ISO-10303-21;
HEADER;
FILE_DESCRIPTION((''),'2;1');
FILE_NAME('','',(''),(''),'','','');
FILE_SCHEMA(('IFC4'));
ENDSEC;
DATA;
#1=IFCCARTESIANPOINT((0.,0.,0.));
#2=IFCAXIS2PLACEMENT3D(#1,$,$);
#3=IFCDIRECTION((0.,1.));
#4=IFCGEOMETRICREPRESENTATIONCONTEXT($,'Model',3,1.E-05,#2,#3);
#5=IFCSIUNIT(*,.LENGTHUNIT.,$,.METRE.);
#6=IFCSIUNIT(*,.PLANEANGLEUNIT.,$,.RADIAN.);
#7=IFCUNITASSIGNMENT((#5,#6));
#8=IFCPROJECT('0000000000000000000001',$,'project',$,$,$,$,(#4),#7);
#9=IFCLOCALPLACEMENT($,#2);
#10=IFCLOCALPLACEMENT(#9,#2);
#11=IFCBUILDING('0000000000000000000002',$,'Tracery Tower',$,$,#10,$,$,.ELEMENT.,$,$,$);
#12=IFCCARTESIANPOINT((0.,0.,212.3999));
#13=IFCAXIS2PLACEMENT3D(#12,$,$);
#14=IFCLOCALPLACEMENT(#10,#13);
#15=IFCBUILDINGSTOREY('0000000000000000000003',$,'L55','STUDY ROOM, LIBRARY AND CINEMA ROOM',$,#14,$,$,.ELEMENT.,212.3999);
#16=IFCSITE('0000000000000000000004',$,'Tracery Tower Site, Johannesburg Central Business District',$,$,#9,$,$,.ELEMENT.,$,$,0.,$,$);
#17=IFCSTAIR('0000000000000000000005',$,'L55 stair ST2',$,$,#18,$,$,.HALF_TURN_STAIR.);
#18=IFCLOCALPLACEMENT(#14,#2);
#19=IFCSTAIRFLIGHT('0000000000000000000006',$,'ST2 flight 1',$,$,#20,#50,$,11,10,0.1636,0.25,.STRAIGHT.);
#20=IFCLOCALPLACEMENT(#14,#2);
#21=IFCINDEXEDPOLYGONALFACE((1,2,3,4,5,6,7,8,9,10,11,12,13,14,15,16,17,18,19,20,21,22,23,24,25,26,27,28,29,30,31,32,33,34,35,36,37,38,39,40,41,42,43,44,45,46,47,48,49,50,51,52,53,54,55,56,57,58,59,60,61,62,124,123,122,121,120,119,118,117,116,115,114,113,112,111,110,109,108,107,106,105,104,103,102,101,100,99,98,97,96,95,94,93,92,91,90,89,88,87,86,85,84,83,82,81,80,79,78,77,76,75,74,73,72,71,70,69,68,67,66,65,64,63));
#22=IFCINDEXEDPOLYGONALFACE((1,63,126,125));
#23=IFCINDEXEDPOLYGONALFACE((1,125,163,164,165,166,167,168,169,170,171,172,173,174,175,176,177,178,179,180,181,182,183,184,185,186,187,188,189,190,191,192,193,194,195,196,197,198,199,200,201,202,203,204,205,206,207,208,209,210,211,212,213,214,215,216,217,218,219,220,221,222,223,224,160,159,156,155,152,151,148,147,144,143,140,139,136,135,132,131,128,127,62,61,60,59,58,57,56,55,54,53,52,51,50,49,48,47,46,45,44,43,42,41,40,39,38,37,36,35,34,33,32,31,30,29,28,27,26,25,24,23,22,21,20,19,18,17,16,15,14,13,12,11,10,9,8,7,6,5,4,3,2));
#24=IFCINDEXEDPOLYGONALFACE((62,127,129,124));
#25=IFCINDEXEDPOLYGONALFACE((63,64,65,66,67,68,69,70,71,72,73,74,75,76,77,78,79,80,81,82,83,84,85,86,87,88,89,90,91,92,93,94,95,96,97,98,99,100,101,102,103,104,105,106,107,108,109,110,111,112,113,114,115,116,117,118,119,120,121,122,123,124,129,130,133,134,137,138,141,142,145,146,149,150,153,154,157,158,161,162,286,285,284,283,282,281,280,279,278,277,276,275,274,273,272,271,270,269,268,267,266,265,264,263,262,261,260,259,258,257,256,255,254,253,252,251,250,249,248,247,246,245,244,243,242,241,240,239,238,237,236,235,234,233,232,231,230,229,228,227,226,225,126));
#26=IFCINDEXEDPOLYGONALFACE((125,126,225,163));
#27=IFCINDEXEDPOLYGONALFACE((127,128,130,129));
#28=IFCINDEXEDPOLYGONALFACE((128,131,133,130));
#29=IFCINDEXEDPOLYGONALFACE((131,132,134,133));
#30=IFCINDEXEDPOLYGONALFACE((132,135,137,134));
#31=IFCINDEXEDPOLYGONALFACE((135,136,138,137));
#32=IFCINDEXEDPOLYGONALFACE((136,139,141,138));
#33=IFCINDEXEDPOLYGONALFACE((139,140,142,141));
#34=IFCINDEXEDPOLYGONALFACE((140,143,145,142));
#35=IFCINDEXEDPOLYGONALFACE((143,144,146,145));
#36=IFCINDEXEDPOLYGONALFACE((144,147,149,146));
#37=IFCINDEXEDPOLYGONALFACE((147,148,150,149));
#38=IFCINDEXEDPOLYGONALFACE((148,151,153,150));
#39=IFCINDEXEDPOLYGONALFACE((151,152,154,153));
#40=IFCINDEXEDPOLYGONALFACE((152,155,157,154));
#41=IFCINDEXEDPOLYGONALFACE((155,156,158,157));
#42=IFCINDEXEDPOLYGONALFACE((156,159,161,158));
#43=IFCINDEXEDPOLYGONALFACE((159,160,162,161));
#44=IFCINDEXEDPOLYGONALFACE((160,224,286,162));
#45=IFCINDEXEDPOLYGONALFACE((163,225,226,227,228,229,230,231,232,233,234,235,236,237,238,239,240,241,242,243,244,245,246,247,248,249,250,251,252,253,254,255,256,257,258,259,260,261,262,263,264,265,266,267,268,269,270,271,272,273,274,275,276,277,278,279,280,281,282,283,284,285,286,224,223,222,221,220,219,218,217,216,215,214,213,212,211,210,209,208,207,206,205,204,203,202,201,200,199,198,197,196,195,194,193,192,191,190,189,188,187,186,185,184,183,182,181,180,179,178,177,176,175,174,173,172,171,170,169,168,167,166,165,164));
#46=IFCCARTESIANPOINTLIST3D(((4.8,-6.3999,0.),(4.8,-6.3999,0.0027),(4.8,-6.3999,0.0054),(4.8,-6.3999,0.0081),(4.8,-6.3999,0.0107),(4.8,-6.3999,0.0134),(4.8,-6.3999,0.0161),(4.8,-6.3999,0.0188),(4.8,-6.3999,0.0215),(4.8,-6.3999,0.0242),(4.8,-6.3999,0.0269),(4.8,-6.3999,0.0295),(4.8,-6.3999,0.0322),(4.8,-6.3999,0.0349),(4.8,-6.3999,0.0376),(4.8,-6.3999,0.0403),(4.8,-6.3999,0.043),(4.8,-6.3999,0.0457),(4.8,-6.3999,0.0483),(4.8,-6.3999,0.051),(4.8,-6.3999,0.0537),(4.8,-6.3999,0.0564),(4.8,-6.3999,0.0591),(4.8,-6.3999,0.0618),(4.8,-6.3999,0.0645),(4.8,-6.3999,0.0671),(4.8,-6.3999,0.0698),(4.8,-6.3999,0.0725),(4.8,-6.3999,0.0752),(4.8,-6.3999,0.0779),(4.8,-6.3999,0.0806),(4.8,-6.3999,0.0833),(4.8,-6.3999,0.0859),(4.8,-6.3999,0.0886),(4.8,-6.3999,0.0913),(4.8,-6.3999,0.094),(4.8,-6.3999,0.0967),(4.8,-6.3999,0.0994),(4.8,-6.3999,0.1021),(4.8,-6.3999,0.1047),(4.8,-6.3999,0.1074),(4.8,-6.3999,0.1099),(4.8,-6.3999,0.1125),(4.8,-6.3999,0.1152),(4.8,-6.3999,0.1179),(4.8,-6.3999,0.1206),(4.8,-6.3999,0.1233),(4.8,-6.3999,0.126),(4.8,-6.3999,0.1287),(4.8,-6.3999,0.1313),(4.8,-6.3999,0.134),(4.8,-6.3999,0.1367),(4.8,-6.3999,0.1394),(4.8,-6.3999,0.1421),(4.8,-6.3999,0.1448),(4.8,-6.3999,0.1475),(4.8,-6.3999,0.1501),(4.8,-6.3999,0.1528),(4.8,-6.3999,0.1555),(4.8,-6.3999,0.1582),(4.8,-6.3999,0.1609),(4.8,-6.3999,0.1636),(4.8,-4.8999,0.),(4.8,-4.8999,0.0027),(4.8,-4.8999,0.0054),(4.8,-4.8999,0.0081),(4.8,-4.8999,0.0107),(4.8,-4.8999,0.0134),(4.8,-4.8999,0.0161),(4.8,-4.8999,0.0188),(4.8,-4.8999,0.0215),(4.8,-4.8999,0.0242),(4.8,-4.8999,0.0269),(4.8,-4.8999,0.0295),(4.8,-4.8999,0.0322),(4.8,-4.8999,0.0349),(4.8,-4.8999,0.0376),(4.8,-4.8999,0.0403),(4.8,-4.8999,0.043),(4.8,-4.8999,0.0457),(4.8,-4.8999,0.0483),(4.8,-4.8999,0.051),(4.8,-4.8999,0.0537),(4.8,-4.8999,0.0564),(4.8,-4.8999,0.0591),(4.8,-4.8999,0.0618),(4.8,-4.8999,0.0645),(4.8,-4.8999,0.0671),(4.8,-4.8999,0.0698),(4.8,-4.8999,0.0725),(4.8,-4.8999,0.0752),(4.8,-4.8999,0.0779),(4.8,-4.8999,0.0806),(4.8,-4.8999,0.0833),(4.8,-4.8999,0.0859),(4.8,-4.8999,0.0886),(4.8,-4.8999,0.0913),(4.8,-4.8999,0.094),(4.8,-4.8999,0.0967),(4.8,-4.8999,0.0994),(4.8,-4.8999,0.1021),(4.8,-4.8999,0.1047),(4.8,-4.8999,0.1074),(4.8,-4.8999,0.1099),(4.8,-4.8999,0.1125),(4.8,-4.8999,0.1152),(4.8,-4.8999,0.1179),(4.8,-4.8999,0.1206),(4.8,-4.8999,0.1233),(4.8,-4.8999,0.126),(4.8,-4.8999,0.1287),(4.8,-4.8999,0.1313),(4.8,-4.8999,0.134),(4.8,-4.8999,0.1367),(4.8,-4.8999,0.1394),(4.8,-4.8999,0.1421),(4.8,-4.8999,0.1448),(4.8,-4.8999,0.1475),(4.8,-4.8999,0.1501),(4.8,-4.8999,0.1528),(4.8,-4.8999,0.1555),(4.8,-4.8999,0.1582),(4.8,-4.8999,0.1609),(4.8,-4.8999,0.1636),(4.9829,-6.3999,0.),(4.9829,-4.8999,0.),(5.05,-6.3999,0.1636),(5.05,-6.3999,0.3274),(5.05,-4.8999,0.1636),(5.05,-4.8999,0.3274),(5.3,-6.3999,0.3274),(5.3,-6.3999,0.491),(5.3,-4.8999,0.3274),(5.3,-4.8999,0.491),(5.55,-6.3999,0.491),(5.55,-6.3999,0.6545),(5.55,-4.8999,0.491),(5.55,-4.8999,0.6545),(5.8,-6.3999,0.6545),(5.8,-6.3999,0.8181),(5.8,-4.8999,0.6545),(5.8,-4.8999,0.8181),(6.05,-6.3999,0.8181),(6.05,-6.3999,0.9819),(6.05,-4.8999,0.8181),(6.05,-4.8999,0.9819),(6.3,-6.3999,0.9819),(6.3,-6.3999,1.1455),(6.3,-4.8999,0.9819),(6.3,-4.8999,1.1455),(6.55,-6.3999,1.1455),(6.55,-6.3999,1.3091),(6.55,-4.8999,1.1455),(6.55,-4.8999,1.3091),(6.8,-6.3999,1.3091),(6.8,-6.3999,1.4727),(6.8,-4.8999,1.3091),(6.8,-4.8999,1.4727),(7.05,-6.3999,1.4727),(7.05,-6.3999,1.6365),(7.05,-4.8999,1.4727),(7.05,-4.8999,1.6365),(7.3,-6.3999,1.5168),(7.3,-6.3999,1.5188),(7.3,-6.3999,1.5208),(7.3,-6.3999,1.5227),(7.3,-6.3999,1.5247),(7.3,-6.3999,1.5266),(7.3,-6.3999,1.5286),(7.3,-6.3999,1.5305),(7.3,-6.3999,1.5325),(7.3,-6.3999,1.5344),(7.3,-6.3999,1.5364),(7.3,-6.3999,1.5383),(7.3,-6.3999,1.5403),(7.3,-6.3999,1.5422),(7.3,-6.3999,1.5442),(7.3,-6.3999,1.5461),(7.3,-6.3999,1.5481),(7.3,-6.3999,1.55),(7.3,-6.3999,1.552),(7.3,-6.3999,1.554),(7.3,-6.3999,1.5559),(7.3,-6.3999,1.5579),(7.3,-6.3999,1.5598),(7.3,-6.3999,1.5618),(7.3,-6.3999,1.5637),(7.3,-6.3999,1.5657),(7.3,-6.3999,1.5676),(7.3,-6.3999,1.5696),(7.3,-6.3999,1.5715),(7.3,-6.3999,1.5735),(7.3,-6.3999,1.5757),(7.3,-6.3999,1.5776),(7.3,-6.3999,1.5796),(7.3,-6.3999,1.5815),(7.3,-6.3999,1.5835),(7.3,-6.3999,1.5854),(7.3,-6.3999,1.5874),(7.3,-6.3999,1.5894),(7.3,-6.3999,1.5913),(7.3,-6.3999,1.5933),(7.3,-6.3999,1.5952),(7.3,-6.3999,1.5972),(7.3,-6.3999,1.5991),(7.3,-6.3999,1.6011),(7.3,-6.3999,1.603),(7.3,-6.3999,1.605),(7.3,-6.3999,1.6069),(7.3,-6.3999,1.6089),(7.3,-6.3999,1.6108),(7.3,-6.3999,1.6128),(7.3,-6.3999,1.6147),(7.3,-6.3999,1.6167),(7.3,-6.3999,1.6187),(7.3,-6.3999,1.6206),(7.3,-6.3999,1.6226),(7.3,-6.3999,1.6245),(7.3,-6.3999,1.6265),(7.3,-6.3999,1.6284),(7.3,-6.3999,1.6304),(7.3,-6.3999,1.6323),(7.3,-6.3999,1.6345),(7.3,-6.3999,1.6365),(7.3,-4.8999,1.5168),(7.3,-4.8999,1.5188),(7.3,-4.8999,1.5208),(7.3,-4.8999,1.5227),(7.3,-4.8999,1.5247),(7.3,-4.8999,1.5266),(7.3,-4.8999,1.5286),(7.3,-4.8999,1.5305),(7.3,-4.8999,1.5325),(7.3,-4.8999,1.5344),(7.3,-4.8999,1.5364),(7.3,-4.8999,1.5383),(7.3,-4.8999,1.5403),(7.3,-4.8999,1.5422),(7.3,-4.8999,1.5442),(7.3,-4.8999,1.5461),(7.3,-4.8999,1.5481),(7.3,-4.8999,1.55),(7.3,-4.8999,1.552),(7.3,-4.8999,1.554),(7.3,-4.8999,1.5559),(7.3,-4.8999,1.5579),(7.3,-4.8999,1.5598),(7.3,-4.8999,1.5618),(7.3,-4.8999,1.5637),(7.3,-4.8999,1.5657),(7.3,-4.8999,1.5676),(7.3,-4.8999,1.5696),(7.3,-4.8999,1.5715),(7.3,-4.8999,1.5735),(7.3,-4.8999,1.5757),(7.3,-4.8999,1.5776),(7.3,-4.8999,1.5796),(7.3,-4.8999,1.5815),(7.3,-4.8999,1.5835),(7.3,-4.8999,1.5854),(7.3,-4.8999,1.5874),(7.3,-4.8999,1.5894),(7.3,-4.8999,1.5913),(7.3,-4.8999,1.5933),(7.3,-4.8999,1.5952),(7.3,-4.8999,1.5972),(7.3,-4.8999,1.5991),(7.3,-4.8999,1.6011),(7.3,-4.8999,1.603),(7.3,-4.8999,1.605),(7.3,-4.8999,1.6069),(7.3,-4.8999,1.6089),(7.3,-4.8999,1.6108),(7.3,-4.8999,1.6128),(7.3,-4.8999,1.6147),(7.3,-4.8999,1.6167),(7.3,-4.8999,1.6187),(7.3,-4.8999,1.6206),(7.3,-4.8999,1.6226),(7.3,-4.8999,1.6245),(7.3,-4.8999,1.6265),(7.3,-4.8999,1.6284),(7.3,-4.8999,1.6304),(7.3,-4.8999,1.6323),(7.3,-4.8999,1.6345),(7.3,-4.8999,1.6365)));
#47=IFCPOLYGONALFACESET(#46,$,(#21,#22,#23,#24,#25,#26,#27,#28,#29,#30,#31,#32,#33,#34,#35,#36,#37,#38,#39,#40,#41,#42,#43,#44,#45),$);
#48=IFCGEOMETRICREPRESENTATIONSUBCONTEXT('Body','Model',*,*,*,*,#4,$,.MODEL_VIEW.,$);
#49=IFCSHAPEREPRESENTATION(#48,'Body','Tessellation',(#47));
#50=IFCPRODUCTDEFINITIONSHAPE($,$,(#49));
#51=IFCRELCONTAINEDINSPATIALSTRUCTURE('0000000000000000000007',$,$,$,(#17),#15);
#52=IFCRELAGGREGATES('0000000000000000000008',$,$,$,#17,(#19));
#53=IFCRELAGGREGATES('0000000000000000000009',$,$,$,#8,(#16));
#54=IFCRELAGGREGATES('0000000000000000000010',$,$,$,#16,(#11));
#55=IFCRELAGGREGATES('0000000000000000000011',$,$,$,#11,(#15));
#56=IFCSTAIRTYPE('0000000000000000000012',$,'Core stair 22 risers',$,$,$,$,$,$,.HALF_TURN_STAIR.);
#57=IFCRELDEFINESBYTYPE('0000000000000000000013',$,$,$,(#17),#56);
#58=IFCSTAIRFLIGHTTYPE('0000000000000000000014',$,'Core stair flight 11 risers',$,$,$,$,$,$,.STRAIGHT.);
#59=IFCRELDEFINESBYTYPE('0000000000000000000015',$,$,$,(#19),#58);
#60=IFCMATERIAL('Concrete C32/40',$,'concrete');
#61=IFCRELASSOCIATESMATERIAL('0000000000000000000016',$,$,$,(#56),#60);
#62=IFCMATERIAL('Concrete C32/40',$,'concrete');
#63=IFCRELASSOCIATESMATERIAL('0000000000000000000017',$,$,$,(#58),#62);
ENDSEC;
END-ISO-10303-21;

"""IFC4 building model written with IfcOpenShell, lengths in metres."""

from ifc_helpers import new_model, si_unit, direction, frame, origin, place, context, subcontext, project, spatial, polyline, outline, extrude, material, type_object, element, aggregate, save


model = new_model("IFC4")

# Units and contexts
model_context = context("Model", 3, precision=1e-05, world=origin(), true_north=direction((0.0, 1.0)))
body_context = subcontext(model_context, "Body", "Model", "MODEL_VIEW")
ifc_project = project(units=[si_unit("LENGTHUNIT", "METRE"), si_unit("PLANEANGLEUNIT", "RADIAN")], contexts=[model_context])

# Site, building, storey
site_placement = place(None, origin())
site = spatial("IfcSite", under=ifc_project, at=site_placement, Name="Tracery Tower Site, Johannesburg Central Business District", CompositionType="ELEMENT", RefElevation=0.0)
building_placement = place(site_placement, origin())
building = spatial("IfcBuilding", under=site, at=building_placement, Name="Tracery Tower", CompositionType="ELEMENT")
storey_placement = place(building_placement, frame((0.0, 0.0, 212.3999)))
storey = spatial("IfcBuildingStorey", under=building, at=storey_placement, Name="L55", Description="STUDY ROOM, LIBRARY AND CINEMA ROOM", CompositionType="ELEMENT", Elevation=212.3999)

# Shared definitions
ifc_material_1 = material(Name="Concrete C32/40", Category="concrete")
stair_type = type_object("IfcStairType", Name="Core stair 22 risers", PredefinedType="HALF_TURN_STAIR", material=ifc_material_1)

# Stair, stair flight
stair_1_placement = place(storey_placement, origin())
stair_1 = element("IfcStair", 1, at=stair_1_placement, inside=storey, type_object=stair_type, Name="L55 stair ST2", PredefinedType="HALF_TURN_STAIR")
ifc_material_2 = material(Name="Concrete C32/40", Category="concrete")
stair_flight_type = type_object("IfcStairFlightType", Name="Core stair flight 11 risers", PredefinedType="STRAIGHT", material=ifc_material_2)
stair_flight_1_placement = place(storey_placement, frame((4.8, -5.6499, 0.0), z_axis=(0.0, 0.0, 1.0), x_axis=(1.0, 0.0, 0.0)))
stair_flight_1 = element("IfcStairFlight", 2, at=stair_flight_1_placement, type_object=stair_flight_type, Name="ST2 flight 1", NumberOfRisers=11, NumberOfTreads=10, PredefinedType="STRAIGHT", RiserHeight=0.1636, TreadLength=0.25, context=body_context, shape_type="SweptSolid", body=[
    extrude(outline(polyline([(0.0, 0.0), (0.0, 0.0027), (0.0, 0.0054), (0.0, 0.0081), (0.0, 0.0107), (0.0, 0.0134), (0.0, 0.0161), (0.0, 0.0188), (0.0, 0.0215), (0.0, 0.0242), (0.0, 0.0269), (0.0, 0.0295), (0.0, 0.0322), (0.0, 0.0349), (0.0, 0.0376), (0.0, 0.0403), (0.0, 0.043), (0.0, 0.0457), (0.0, 0.0483), (0.0, 0.051), (0.0, 0.0537), (0.0, 0.0564), (0.0, 0.0591), (0.0, 0.0618), (0.0, 0.0645), (0.0, 0.0671), (0.0, 0.0698), (0.0, 0.0725), (0.0, 0.0752), (0.0, 0.0779), (0.0, 0.0806), (0.0, 0.0833), (0.0, 0.0859), (0.0, 0.0886), (0.0, 0.0913), (0.0, 0.094), (0.0, 0.0967), (0.0, 0.0994), (0.0, 0.1021), (0.0, 0.1047), (0.0, 0.1074), (0.0, 0.1099), (0.0, 0.1125), (0.0, 0.1152), (0.0, 0.1179), (0.0, 0.1206), (0.0, 0.1233), (0.0, 0.126), (0.0, 0.1287), (0.0, 0.1313), (0.0, 0.134), (0.0, 0.1367), (0.0, 0.1394), (0.0, 0.1421), (0.0, 0.1448), (0.0, 0.1475), (0.0, 0.1501), (0.0, 0.1528), (0.0, 0.1555), (0.0, 0.1582), (0.0, 0.1609), (0.0, 0.1636), (0.25, 0.1636), (0.25, 0.3274), (0.5, 0.3274), (0.5, 0.491), (0.75, 0.491), (0.75, 0.6545), (1.0, 0.6545), (1.0, 0.8181), (1.25, 0.8181), (1.25, 0.9819), (1.5, 0.9819), (1.5, 1.1455), (1.75, 1.1455), (1.75, 1.3091), (2.0, 1.3091), (2.0, 1.4727), (2.25, 1.4727), (2.25, 1.6365), (2.5, 1.6365), (2.5, 1.6345), (2.5, 1.6323), (2.5, 1.6304), (2.5, 1.6284), (2.5, 1.6265), (2.5, 1.6245), (2.5, 1.6226), (2.5, 1.6206), (2.5, 1.6187), (2.5, 1.6167), (2.5, 1.6147), (2.5, 1.6128), (2.5, 1.6108), (2.5, 1.6089), (2.5, 1.6069), (2.5, 1.605), (2.5, 1.603), (2.5, 1.6011), (2.5, 1.5991), (2.5, 1.5972), (2.5, 1.5952), (2.5, 1.5933), (2.5, 1.5913), (2.5, 1.5894), (2.5, 1.5874), (2.5, 1.5854), (2.5, 1.5835), (2.5, 1.5815), (2.5, 1.5796), (2.5, 1.5776), (2.5, 1.5757), (2.5, 1.5735), (2.5, 1.5715), (2.5, 1.5696), (2.5, 1.5676), (2.5, 1.5657), (2.5, 1.5637), (2.5, 1.5618), (2.5, 1.5598), (2.5, 1.5579), (2.5, 1.5559), (2.5, 1.554), (2.5, 1.552), (2.5, 1.55), (2.5, 1.5481), (2.5, 1.5461), (2.5, 1.5442), (2.5, 1.5422), (2.5, 1.5403), (2.5, 1.5383), (2.5, 1.5364), (2.5, 1.5344), (2.5, 1.5325), (2.5, 1.5305), (2.5, 1.5286), (2.5, 1.5266), (2.5, 1.5247), (2.5, 1.5227), (2.5, 1.5208), (2.5, 1.5188), (2.5, 1.5168), (0.1829, 0.0), (0.0, 0.0)])), frame((0.0, 0.75, 0.0), z_axis=(0.0, -1.0, 0.0), x_axis=(1.0, 0.0, 0.0)), (0.0, 0.0, 1.0), 1.5),
])
aggregate(stair_1, [stair_flight_1])

save(model, "model.ifc")
